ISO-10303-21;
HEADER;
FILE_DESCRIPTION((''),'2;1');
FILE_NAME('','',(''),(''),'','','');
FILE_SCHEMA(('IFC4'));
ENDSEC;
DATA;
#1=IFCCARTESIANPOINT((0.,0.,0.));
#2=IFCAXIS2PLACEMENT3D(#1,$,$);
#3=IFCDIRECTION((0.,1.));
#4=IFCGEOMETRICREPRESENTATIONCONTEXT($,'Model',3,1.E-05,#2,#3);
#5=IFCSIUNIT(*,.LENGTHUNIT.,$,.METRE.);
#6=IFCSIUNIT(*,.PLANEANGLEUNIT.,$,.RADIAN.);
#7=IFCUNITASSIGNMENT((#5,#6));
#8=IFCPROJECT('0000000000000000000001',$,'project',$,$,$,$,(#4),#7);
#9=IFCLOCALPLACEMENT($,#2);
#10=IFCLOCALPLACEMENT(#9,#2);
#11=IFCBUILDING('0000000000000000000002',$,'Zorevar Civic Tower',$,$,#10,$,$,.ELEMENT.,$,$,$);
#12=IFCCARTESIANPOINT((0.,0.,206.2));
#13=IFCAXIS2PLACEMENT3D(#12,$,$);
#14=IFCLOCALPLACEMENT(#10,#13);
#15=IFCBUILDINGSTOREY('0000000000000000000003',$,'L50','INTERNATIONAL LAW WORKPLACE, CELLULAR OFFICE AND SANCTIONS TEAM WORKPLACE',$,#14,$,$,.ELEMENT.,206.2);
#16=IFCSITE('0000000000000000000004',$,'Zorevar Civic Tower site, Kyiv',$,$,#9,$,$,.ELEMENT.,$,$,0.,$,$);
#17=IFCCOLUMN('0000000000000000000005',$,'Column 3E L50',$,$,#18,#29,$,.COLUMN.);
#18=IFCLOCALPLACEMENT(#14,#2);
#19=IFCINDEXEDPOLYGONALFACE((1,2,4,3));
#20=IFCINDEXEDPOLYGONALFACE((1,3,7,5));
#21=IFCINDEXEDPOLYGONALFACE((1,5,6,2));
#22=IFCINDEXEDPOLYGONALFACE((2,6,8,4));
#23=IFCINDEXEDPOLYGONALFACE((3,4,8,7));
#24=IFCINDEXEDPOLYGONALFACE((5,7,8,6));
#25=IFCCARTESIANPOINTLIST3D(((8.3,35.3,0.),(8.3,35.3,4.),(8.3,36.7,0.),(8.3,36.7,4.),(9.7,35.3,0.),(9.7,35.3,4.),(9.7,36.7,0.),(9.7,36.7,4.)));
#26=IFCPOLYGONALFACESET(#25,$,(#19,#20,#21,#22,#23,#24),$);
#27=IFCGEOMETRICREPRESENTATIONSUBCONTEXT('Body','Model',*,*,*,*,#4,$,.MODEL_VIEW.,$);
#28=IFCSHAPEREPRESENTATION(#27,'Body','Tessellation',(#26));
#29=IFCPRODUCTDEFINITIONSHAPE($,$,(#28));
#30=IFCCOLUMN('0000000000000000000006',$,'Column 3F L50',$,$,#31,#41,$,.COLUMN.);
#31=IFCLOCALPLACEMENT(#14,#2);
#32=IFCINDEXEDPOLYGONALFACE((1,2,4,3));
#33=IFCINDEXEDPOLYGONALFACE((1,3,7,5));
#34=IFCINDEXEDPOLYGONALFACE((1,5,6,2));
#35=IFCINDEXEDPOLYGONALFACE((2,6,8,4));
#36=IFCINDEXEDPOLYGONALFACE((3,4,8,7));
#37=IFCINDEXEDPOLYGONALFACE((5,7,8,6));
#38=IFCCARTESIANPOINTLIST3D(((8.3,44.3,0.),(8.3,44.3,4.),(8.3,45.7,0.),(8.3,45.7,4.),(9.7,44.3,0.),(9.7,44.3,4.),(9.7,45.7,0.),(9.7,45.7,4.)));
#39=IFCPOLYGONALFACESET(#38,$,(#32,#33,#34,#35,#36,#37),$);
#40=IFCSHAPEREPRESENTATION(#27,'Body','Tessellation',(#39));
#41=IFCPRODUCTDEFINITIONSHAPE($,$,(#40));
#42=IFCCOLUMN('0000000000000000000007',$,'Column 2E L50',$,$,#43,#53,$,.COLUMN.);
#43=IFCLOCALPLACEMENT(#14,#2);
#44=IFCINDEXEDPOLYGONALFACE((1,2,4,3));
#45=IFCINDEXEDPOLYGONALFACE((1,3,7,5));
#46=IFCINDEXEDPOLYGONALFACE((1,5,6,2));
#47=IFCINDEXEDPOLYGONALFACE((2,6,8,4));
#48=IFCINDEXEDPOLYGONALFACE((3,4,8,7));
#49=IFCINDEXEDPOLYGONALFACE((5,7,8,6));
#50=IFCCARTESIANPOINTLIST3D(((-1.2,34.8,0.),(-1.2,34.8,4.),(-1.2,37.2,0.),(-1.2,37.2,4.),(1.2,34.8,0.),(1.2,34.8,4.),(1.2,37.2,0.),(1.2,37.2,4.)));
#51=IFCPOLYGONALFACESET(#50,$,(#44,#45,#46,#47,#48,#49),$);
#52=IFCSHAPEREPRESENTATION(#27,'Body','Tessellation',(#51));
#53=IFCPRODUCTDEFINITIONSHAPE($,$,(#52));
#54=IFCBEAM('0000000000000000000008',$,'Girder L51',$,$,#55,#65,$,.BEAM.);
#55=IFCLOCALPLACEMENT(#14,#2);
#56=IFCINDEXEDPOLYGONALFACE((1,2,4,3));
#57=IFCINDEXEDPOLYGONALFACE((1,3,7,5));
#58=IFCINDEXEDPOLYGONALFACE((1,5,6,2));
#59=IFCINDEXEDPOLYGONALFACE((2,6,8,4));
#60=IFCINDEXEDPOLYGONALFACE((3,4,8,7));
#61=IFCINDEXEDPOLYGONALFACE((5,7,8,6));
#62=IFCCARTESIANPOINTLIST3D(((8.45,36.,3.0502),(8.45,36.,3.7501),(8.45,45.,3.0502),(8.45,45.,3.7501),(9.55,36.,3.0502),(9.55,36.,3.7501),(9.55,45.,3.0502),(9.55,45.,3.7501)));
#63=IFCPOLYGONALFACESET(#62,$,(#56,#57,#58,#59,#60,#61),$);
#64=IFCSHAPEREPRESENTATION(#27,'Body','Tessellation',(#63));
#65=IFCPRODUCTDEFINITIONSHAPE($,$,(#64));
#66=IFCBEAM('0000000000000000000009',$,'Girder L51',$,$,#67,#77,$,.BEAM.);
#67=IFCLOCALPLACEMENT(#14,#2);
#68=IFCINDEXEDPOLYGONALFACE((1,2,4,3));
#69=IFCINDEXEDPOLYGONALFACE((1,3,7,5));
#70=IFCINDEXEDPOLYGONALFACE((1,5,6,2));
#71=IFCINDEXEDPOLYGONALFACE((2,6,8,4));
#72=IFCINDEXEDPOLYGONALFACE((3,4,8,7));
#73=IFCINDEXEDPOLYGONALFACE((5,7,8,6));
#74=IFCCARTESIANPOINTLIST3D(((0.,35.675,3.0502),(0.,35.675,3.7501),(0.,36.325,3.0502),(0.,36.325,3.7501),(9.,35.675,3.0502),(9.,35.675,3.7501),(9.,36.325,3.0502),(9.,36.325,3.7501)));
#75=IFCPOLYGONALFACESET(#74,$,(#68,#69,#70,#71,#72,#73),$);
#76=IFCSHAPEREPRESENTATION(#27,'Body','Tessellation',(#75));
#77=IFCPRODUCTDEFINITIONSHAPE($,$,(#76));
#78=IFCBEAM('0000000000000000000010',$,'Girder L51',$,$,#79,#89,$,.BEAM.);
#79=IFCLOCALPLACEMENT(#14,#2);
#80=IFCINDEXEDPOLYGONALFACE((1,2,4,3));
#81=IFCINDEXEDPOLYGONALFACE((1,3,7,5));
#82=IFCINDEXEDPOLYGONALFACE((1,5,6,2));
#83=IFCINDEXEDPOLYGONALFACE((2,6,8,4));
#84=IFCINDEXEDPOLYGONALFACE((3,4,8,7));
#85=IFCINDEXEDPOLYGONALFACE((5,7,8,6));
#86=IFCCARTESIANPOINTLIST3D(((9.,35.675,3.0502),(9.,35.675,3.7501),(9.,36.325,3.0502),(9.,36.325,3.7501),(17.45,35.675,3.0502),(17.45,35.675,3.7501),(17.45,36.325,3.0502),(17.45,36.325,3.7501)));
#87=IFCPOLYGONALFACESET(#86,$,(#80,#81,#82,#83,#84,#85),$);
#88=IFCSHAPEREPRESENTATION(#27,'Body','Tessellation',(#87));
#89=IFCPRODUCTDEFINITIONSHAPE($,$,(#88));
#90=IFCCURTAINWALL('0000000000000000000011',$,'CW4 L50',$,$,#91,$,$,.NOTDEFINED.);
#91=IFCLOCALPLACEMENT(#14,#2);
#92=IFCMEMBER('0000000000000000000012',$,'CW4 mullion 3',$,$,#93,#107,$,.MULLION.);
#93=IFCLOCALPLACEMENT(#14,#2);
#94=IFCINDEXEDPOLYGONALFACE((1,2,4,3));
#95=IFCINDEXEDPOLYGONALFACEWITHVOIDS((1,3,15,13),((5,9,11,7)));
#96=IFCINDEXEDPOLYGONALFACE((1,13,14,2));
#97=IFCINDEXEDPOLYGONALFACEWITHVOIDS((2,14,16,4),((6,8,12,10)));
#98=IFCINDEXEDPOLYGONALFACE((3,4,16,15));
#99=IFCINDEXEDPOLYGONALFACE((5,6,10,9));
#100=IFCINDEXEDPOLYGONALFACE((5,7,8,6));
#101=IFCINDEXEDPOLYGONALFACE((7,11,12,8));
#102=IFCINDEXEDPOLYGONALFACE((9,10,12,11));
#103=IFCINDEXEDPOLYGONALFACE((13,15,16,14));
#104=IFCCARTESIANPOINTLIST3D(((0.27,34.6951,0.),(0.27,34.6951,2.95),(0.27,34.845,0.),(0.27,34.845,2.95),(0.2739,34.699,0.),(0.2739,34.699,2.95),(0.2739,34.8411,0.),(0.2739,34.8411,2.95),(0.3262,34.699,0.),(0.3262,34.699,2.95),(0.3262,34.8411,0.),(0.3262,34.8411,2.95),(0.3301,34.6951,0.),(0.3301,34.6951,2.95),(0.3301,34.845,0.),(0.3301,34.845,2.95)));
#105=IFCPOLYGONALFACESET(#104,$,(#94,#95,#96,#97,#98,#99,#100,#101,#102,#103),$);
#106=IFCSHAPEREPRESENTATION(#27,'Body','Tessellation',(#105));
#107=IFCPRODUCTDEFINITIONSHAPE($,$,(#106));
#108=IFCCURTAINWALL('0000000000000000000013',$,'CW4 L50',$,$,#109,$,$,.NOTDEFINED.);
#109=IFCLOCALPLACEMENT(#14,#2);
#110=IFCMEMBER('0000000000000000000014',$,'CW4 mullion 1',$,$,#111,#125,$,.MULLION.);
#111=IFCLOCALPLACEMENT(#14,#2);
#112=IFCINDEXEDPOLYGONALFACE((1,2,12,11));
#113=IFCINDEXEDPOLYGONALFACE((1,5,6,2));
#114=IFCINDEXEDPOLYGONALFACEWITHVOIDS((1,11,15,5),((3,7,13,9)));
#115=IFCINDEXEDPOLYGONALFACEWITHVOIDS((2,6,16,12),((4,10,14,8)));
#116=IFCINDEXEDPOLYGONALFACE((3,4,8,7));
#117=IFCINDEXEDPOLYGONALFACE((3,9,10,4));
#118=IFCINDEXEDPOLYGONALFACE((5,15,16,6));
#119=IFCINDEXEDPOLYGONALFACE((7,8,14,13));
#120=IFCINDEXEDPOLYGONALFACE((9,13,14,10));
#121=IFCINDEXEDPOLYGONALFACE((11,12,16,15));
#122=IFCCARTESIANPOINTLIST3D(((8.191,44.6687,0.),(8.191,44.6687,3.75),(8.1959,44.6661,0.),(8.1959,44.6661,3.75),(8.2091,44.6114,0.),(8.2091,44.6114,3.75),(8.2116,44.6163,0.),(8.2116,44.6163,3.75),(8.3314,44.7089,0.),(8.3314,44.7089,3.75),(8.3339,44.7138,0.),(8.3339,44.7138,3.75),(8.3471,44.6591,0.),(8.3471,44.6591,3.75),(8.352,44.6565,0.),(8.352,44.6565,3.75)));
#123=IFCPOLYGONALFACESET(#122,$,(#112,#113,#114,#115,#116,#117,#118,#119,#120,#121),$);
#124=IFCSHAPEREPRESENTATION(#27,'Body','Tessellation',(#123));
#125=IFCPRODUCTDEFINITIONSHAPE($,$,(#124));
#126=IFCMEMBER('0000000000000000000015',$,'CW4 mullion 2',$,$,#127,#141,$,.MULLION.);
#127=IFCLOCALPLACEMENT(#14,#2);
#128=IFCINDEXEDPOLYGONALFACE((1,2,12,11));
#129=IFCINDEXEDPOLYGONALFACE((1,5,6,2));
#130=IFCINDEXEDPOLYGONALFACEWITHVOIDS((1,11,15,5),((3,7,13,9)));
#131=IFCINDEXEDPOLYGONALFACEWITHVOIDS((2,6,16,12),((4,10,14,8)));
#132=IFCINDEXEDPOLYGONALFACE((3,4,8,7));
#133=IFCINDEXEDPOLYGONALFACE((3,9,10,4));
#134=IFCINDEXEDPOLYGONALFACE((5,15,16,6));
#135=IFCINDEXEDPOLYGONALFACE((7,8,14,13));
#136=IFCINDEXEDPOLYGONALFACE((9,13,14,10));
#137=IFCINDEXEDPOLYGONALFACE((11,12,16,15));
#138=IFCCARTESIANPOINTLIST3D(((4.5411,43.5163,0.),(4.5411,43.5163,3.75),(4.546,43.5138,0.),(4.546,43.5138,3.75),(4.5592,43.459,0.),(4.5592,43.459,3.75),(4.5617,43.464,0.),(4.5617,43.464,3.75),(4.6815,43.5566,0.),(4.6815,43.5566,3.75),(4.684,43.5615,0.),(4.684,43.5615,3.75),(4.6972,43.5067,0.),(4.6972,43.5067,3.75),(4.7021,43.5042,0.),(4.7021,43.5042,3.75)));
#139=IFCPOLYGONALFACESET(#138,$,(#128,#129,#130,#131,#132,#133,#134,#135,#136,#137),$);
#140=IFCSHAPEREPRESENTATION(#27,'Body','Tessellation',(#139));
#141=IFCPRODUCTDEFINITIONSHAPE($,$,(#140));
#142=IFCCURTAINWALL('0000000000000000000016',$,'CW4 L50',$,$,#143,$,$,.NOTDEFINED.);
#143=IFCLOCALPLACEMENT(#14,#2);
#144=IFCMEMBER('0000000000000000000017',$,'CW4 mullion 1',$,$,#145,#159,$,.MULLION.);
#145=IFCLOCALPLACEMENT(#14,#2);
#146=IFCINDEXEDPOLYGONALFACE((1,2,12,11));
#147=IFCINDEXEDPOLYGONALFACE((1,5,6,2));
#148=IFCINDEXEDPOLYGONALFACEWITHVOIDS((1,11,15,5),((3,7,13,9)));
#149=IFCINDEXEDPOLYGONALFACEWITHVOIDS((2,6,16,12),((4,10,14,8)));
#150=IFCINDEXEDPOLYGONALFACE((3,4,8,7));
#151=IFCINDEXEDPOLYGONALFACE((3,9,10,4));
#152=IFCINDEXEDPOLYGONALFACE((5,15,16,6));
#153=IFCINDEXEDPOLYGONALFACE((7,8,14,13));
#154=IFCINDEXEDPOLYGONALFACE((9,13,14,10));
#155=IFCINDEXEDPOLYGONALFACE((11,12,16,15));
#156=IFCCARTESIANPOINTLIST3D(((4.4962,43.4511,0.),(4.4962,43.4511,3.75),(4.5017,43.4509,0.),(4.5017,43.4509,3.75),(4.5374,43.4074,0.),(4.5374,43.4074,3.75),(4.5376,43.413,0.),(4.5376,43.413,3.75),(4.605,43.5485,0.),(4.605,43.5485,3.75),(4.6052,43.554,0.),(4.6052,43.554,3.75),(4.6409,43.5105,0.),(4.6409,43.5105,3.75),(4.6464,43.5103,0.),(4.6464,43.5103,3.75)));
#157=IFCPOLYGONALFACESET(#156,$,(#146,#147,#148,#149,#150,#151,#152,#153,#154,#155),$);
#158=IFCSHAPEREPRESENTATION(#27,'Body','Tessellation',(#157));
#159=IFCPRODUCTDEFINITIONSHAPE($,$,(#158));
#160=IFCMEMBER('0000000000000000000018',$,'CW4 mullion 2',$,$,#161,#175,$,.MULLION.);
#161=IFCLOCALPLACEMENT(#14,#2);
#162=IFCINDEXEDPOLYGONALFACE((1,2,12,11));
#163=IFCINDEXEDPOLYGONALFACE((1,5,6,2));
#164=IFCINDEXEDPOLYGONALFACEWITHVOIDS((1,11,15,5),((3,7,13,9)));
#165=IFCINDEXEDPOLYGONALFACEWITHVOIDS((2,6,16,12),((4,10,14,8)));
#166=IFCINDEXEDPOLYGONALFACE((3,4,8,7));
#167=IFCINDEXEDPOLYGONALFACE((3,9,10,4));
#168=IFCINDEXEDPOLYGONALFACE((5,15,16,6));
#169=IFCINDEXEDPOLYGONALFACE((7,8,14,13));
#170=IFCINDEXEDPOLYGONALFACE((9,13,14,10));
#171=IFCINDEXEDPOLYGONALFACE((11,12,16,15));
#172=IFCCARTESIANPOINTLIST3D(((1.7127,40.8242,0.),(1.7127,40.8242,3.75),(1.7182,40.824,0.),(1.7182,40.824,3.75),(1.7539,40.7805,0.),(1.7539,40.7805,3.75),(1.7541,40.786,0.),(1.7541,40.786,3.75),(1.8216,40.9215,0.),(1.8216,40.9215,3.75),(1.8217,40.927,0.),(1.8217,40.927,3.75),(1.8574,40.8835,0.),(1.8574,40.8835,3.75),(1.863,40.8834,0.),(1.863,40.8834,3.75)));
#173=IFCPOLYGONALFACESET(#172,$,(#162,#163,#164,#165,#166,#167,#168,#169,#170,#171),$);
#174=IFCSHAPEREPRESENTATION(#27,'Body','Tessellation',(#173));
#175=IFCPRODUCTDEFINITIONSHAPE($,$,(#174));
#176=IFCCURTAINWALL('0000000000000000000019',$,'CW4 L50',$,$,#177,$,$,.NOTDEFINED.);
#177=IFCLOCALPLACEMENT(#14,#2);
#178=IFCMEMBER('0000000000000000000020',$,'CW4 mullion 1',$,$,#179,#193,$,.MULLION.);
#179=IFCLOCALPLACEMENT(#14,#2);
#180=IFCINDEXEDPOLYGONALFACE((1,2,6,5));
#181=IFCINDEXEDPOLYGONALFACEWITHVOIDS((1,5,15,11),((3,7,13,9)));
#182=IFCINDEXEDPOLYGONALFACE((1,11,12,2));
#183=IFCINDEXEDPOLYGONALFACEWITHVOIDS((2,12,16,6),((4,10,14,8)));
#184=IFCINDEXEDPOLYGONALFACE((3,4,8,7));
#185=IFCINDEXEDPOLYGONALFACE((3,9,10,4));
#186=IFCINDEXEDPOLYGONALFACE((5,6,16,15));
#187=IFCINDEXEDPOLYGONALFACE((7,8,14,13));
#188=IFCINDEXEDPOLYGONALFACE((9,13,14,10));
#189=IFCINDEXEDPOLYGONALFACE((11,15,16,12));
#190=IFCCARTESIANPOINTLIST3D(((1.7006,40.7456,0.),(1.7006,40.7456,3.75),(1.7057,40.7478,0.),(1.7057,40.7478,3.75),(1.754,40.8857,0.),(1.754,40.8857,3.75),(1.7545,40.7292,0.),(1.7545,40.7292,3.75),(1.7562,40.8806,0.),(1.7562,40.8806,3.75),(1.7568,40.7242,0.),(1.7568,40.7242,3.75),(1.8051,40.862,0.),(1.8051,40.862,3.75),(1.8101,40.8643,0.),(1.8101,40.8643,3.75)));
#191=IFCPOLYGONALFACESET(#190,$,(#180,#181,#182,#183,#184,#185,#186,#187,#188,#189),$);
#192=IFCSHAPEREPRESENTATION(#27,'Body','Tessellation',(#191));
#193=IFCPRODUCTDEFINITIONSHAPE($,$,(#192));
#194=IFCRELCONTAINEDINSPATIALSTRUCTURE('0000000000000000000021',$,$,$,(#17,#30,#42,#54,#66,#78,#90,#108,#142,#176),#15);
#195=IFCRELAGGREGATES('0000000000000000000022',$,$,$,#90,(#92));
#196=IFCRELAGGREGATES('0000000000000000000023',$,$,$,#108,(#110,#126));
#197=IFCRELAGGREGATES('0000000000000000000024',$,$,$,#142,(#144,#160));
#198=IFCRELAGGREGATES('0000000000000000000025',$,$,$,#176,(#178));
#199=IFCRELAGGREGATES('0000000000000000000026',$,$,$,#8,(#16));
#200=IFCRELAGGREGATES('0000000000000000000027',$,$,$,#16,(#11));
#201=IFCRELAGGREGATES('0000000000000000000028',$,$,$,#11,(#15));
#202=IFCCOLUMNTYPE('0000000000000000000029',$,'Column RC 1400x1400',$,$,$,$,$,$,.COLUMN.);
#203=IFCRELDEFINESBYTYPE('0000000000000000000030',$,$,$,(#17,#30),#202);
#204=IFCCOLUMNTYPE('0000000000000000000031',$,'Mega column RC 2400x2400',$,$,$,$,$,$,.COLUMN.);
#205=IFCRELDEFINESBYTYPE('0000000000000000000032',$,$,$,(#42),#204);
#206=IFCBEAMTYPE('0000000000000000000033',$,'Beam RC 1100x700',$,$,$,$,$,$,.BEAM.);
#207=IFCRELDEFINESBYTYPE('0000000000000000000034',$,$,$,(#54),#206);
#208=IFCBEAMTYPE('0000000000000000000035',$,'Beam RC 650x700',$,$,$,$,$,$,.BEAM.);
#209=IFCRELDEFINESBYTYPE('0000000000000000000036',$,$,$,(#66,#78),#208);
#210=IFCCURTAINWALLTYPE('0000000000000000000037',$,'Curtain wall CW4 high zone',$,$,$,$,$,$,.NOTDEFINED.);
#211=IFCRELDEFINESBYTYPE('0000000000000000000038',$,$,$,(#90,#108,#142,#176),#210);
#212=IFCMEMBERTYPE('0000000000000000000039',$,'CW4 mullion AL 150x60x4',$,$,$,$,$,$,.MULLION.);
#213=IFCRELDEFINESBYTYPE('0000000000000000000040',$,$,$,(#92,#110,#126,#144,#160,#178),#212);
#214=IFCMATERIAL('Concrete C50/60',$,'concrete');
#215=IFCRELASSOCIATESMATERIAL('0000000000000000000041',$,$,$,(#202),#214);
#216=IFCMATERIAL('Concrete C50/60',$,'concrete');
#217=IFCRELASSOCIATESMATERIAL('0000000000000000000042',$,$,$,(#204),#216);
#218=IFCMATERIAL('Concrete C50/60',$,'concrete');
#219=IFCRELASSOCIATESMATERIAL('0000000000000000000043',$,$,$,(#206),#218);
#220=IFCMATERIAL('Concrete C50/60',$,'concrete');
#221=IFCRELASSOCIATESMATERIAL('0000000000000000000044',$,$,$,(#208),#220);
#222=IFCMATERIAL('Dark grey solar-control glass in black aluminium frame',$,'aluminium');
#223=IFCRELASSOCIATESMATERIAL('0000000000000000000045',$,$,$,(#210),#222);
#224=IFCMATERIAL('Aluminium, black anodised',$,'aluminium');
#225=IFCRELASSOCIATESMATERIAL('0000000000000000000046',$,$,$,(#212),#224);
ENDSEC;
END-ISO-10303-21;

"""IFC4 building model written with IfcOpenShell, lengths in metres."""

from ifc_helpers import new_model, si_unit, direction, frame, origin, origin_2d, place, context, subcontext, project, spatial, rectangle, hollow_rectangle, extrude, material, material_profile, profile_set, type_object, element, aggregate, save


model = new_model("IFC4")

# Units and contexts
model_context = context("Model", 3, precision=1e-05, world=origin(), true_north=direction((0.0, 1.0)))
body_context = subcontext(model_context, "Body", "Model", "MODEL_VIEW")
ifc_project = project(units=[si_unit("LENGTHUNIT", "METRE"), si_unit("PLANEANGLEUNIT", "RADIAN")], contexts=[model_context])

# Site, building, storey
site_placement = place(None, origin())
site = spatial("IfcSite", under=ifc_project, at=site_placement, Name="Zorevar Civic Tower site, Kyiv", CompositionType="ELEMENT", RefElevation=0.0)
building_placement = place(site_placement, origin())
building = spatial("IfcBuilding", under=site, at=building_placement, Name="Zorevar Civic Tower", CompositionType="ELEMENT")
storey_placement = place(building_placement, frame((0.0, 0.0, 206.2)))
storey = spatial("IfcBuildingStorey", under=building, at=storey_placement, Name="L50", Description="INTERNATIONAL LAW WORKPLACE, CELLULAR OFFICE AND SANCTIONS TEAM WORKPLACE", CompositionType="ELEMENT", Elevation=206.2)

# Columns
ifc_material_1 = material(Name="Concrete C50/60", Category="concrete")
ifc_material_profile_1 = material_profile(ifc_material_1, rectangle(XDim=1.3999, YDim=1.3999, at=origin_2d()), Name="RC 1400x1400")
ifc_profile_set_1 = profile_set([ifc_material_profile_1], Name="Concrete C50/60")
column_type_1 = type_object("IfcColumnType", Name="Column RC 1400x1400", PredefinedType="COLUMN", material=ifc_profile_set_1)
for number, where, z_axis, x_axis, name in (
    (1, (9.0, 36.0, 0.0), (0.0, 0.0, 1.0), (1.0, 0.0, 0.0), "Column 3E L50"),
    (2, (9.0, 45.0, 0.0), (0.0, 0.0, 1.0), (1.0, 0.0, 0.0), "Column 3F L50"),
):
    element("IfcColumn", number, at=place(storey_placement, frame(where, z_axis=z_axis, x_axis=x_axis)), inside=storey, type_object=column_type_1, Name=name, PredefinedType="COLUMN", context=body_context, shape_type="SweptSolid", body=[
        extrude(rectangle(XDim=1.3999, YDim=1.3999, at=origin_2d()), origin(), (0.0, 0.0, 1.0), 4.0),
    ])
ifc_material_2 = material(Name="Concrete C50/60", Category="concrete")
ifc_material_profile_2 = material_profile(ifc_material_2, rectangle(XDim=2.3999, YDim=2.3999, at=origin_2d()), Name="RC 2400x2400")
ifc_profile_set_2 = profile_set([ifc_material_profile_2], Name="Concrete C50/60")
column_type_2 = type_object("IfcColumnType", Name="Mega column RC 2400x2400", PredefinedType="COLUMN", material=ifc_profile_set_2)
column_placement = place(storey_placement, frame((0.0, 36.0, 0.0), z_axis=(0.0, 0.0, 1.0), x_axis=(1.0, 0.0, 0.0)))
element("IfcColumn", 3, at=column_placement, inside=storey, type_object=column_type_2, Name="Column 2E L50", PredefinedType="COLUMN", context=body_context, shape_type="SweptSolid", body=[
    extrude(rectangle(XDim=2.3999, YDim=2.3999, at=origin_2d()), origin(), (0.0, 0.0, 1.0), 4.0),
])

# Beams
ifc_material_3 = material(Name="Concrete C50/60", Category="concrete")
ifc_material_profile_3 = material_profile(ifc_material_3, rectangle(XDim=1.1001, YDim=0.7, at=origin_2d()), Name="RC 1100x700")
ifc_profile_set_3 = profile_set([ifc_material_profile_3], Name="Concrete C50/60")
beam_type_1 = type_object("IfcBeamType", Name="Beam RC 1100x700", PredefinedType="BEAM", material=ifc_profile_set_3)
beam_1_placement = place(storey_placement, frame((9.0, 36.0, 3.4001), z_axis=(0.0, 1.0, 0.0), x_axis=(-1.0, 0.0, 0.0)))
element("IfcBeam", 4, at=beam_1_placement, inside=storey, type_object=beam_type_1, Name="Girder L51", PredefinedType="BEAM", context=body_context, shape_type="SweptSolid", body=[
    extrude(rectangle(XDim=1.1001, YDim=0.7, at=origin_2d()), origin(), (0.0, 0.0, 1.0), 9.0),
])
ifc_material_4 = material(Name="Concrete C50/60", Category="concrete")
ifc_material_profile_4 = material_profile(ifc_material_4, rectangle(XDim=0.6499, YDim=0.7, at=origin_2d()), Name="RC 650x700")
ifc_profile_set_4 = profile_set([ifc_material_profile_4], Name="Concrete C50/60")
beam_type_2 = type_object("IfcBeamType", Name="Beam RC 650x700", PredefinedType="BEAM", material=ifc_profile_set_4)
beam_2_placement = place(storey_placement, frame((0.0, 36.0, 3.4001), z_axis=(1.0, 0.0, 0.0), x_axis=(0.0, 1.0, 0.0)))
element("IfcBeam", 5, at=beam_2_placement, inside=storey, type_object=beam_type_2, Name="Girder L51", PredefinedType="BEAM", context=body_context, shape_type="SweptSolid", body=[
    extrude(rectangle(XDim=0.6499, YDim=0.7, at=origin_2d()), origin(), (0.0, 0.0, 1.0), 9.0),
])
beam_3_placement = place(storey_placement, frame((9.0, 36.0, 3.4001), z_axis=(1.0, 0.0, 0.0), x_axis=(0.0, 1.0, 0.0)))
element("IfcBeam", 6, at=beam_3_placement, inside=storey, type_object=beam_type_2, Name="Girder L51", PredefinedType="BEAM", context=body_context, shape_type="SweptSolid", body=[
    extrude(rectangle(XDim=0.6499, YDim=0.7, at=origin_2d()), origin(), (0.0, 0.0, 1.0), 8.45),
])

# Curtain wall, member
ifc_material_5 = material(Name="Dark grey solar-control glass in black aluminium frame", Category="aluminium")
curtain_wall_type = type_object("IfcCurtainWallType", Name="Curtain wall CW4 high zone", PredefinedType="NOTDEFINED", material=ifc_material_5)
curtain_wall_1_placement = place(storey_placement, origin())
curtain_wall_1 = element("IfcCurtainWall", 7, at=curtain_wall_1_placement, inside=storey, type_object=curtain_wall_type, Name="CW4 L50", PredefinedType="NOTDEFINED")
ifc_material_6 = material(Name="Aluminium, black anodised", Category="aluminium")
ifc_material_profile_5 = material_profile(ifc_material_6, hollow_rectangle(XDim=0.0601, YDim=0.1499, WallThickness=0.0039, at=origin_2d()), Name="AL 150x60x4")
ifc_profile_set_5 = profile_set([ifc_material_profile_5], Name="Aluminium, black anodised")
member_type_1 = type_object("IfcMemberType", Name="CW4 mullion AL 150x60x4", PredefinedType="MULLION", material=ifc_profile_set_5)
member_1_placement = place(storey_placement, frame((0.3, 34.77, 0.0), z_axis=(0.0, 0.0, 1.0), x_axis=(-1.0, 0.0, 0.0)))
member_1 = element("IfcMember", 8, at=member_1_placement, type_object=member_type_1, Name="CW4 mullion 3", PredefinedType="MULLION", context=body_context, shape_type="SweptSolid", body=[
    extrude(hollow_rectangle(XDim=0.0601, YDim=0.1499, WallThickness=0.0039, at=origin_2d()), origin(), (0.0, 0.0, 1.0), 2.95),
])

# Curtain walls, members
curtain_wall_2_placement = place(storey_placement, origin())
curtain_wall_2 = element("IfcCurtainWall", 9, at=curtain_wall_2_placement, inside=storey, type_object=curtain_wall_type, Name="CW4 L50", PredefinedType="NOTDEFINED")
member_2_placement = place(storey_placement, frame((8.2715, 44.6626, 0.0), z_axis=(0.0, 0.0, 1.0), x_axis=(0.301108, -0.95359, 0.0)))
member_2 = element("IfcMember", 10, at=member_2_placement, type_object=member_type_1, Name="CW4 mullion 1", PredefinedType="MULLION", context=body_context, shape_type="SweptSolid", body=[
    extrude(hollow_rectangle(XDim=0.0601, YDim=0.1499, WallThickness=0.0039, at=origin_2d()), origin(), (0.0, 0.0, 1.0), 3.75),
])
member_3_placement = place(storey_placement, frame((4.6216, 43.5103, 0.0), z_axis=(0.0, 0.0, 1.0), x_axis=(0.301108, -0.95359, 0.0)))
member_3 = element("IfcMember", 11, at=member_3_placement, type_object=member_type_1, Name="CW4 mullion 2", PredefinedType="MULLION", context=body_context, shape_type="SweptSolid", body=[
    extrude(hollow_rectangle(XDim=0.0601, YDim=0.1499, WallThickness=0.0039, at=origin_2d()), origin(), (0.0, 0.0, 1.0), 3.75),
])
curtain_wall_3_placement = place(storey_placement, origin())
curtain_wall_3 = element("IfcCurtainWall", 12, at=curtain_wall_3_placement, inside=storey, type_object=curtain_wall_type, Name="CW4 L50", PredefinedType="NOTDEFINED")
member_4_placement = place(storey_placement, frame((4.5713, 43.4807, 0.0), z_axis=(0.0, 0.0, 1.0), x_axis=(0.686378, -0.727245, 0.0)))
member_4 = element("IfcMember", 13, at=member_4_placement, type_object=member_type_1, Name="CW4 mullion 1", PredefinedType="MULLION", context=body_context, shape_type="SweptSolid", body=[
    extrude(hollow_rectangle(XDim=0.0601, YDim=0.1499, WallThickness=0.0039, at=origin_2d()), origin(), (0.0, 0.0, 1.0), 3.75),
])
member_5_placement = place(storey_placement, frame((1.7878, 40.8538, 0.0), z_axis=(0.0, 0.0, 1.0), x_axis=(0.686378, -0.727245, 0.0)))
member_5 = element("IfcMember", 14, at=member_5_placement, type_object=member_type_1, Name="CW4 mullion 2", PredefinedType="MULLION", context=body_context, shape_type="SweptSolid", body=[
    extrude(hollow_rectangle(XDim=0.0601, YDim=0.1499, WallThickness=0.0039, at=origin_2d()), origin(), (0.0, 0.0, 1.0), 3.75),
])
curtain_wall_4_placement = place(storey_placement, origin())
curtain_wall_4 = element("IfcCurtainWall", 15, at=curtain_wall_4_placement, inside=storey, type_object=curtain_wall_type, Name="CW4 L50", PredefinedType="NOTDEFINED")
member_6_placement = place(storey_placement, frame((1.7554, 40.8049, 0.0), z_axis=(0.0, 0.0, 1.0), x_axis=(0.934588, -0.355731, 0.0)))
member_6 = element("IfcMember", 16, at=member_6_placement, type_object=member_type_1, Name="CW4 mullion 1", PredefinedType="MULLION", context=body_context, shape_type="SweptSolid", body=[
    extrude(hollow_rectangle(XDim=0.0601, YDim=0.1499, WallThickness=0.0039, at=origin_2d()), origin(), (0.0, 0.0, 1.0), 3.75),
])

aggregate(curtain_wall_1, [member_1])
aggregate(curtain_wall_2, [member_2, member_3])
aggregate(curtain_wall_3, [member_4, member_5])
aggregate(curtain_wall_4, [member_6])

save(model, "model.ifc")
